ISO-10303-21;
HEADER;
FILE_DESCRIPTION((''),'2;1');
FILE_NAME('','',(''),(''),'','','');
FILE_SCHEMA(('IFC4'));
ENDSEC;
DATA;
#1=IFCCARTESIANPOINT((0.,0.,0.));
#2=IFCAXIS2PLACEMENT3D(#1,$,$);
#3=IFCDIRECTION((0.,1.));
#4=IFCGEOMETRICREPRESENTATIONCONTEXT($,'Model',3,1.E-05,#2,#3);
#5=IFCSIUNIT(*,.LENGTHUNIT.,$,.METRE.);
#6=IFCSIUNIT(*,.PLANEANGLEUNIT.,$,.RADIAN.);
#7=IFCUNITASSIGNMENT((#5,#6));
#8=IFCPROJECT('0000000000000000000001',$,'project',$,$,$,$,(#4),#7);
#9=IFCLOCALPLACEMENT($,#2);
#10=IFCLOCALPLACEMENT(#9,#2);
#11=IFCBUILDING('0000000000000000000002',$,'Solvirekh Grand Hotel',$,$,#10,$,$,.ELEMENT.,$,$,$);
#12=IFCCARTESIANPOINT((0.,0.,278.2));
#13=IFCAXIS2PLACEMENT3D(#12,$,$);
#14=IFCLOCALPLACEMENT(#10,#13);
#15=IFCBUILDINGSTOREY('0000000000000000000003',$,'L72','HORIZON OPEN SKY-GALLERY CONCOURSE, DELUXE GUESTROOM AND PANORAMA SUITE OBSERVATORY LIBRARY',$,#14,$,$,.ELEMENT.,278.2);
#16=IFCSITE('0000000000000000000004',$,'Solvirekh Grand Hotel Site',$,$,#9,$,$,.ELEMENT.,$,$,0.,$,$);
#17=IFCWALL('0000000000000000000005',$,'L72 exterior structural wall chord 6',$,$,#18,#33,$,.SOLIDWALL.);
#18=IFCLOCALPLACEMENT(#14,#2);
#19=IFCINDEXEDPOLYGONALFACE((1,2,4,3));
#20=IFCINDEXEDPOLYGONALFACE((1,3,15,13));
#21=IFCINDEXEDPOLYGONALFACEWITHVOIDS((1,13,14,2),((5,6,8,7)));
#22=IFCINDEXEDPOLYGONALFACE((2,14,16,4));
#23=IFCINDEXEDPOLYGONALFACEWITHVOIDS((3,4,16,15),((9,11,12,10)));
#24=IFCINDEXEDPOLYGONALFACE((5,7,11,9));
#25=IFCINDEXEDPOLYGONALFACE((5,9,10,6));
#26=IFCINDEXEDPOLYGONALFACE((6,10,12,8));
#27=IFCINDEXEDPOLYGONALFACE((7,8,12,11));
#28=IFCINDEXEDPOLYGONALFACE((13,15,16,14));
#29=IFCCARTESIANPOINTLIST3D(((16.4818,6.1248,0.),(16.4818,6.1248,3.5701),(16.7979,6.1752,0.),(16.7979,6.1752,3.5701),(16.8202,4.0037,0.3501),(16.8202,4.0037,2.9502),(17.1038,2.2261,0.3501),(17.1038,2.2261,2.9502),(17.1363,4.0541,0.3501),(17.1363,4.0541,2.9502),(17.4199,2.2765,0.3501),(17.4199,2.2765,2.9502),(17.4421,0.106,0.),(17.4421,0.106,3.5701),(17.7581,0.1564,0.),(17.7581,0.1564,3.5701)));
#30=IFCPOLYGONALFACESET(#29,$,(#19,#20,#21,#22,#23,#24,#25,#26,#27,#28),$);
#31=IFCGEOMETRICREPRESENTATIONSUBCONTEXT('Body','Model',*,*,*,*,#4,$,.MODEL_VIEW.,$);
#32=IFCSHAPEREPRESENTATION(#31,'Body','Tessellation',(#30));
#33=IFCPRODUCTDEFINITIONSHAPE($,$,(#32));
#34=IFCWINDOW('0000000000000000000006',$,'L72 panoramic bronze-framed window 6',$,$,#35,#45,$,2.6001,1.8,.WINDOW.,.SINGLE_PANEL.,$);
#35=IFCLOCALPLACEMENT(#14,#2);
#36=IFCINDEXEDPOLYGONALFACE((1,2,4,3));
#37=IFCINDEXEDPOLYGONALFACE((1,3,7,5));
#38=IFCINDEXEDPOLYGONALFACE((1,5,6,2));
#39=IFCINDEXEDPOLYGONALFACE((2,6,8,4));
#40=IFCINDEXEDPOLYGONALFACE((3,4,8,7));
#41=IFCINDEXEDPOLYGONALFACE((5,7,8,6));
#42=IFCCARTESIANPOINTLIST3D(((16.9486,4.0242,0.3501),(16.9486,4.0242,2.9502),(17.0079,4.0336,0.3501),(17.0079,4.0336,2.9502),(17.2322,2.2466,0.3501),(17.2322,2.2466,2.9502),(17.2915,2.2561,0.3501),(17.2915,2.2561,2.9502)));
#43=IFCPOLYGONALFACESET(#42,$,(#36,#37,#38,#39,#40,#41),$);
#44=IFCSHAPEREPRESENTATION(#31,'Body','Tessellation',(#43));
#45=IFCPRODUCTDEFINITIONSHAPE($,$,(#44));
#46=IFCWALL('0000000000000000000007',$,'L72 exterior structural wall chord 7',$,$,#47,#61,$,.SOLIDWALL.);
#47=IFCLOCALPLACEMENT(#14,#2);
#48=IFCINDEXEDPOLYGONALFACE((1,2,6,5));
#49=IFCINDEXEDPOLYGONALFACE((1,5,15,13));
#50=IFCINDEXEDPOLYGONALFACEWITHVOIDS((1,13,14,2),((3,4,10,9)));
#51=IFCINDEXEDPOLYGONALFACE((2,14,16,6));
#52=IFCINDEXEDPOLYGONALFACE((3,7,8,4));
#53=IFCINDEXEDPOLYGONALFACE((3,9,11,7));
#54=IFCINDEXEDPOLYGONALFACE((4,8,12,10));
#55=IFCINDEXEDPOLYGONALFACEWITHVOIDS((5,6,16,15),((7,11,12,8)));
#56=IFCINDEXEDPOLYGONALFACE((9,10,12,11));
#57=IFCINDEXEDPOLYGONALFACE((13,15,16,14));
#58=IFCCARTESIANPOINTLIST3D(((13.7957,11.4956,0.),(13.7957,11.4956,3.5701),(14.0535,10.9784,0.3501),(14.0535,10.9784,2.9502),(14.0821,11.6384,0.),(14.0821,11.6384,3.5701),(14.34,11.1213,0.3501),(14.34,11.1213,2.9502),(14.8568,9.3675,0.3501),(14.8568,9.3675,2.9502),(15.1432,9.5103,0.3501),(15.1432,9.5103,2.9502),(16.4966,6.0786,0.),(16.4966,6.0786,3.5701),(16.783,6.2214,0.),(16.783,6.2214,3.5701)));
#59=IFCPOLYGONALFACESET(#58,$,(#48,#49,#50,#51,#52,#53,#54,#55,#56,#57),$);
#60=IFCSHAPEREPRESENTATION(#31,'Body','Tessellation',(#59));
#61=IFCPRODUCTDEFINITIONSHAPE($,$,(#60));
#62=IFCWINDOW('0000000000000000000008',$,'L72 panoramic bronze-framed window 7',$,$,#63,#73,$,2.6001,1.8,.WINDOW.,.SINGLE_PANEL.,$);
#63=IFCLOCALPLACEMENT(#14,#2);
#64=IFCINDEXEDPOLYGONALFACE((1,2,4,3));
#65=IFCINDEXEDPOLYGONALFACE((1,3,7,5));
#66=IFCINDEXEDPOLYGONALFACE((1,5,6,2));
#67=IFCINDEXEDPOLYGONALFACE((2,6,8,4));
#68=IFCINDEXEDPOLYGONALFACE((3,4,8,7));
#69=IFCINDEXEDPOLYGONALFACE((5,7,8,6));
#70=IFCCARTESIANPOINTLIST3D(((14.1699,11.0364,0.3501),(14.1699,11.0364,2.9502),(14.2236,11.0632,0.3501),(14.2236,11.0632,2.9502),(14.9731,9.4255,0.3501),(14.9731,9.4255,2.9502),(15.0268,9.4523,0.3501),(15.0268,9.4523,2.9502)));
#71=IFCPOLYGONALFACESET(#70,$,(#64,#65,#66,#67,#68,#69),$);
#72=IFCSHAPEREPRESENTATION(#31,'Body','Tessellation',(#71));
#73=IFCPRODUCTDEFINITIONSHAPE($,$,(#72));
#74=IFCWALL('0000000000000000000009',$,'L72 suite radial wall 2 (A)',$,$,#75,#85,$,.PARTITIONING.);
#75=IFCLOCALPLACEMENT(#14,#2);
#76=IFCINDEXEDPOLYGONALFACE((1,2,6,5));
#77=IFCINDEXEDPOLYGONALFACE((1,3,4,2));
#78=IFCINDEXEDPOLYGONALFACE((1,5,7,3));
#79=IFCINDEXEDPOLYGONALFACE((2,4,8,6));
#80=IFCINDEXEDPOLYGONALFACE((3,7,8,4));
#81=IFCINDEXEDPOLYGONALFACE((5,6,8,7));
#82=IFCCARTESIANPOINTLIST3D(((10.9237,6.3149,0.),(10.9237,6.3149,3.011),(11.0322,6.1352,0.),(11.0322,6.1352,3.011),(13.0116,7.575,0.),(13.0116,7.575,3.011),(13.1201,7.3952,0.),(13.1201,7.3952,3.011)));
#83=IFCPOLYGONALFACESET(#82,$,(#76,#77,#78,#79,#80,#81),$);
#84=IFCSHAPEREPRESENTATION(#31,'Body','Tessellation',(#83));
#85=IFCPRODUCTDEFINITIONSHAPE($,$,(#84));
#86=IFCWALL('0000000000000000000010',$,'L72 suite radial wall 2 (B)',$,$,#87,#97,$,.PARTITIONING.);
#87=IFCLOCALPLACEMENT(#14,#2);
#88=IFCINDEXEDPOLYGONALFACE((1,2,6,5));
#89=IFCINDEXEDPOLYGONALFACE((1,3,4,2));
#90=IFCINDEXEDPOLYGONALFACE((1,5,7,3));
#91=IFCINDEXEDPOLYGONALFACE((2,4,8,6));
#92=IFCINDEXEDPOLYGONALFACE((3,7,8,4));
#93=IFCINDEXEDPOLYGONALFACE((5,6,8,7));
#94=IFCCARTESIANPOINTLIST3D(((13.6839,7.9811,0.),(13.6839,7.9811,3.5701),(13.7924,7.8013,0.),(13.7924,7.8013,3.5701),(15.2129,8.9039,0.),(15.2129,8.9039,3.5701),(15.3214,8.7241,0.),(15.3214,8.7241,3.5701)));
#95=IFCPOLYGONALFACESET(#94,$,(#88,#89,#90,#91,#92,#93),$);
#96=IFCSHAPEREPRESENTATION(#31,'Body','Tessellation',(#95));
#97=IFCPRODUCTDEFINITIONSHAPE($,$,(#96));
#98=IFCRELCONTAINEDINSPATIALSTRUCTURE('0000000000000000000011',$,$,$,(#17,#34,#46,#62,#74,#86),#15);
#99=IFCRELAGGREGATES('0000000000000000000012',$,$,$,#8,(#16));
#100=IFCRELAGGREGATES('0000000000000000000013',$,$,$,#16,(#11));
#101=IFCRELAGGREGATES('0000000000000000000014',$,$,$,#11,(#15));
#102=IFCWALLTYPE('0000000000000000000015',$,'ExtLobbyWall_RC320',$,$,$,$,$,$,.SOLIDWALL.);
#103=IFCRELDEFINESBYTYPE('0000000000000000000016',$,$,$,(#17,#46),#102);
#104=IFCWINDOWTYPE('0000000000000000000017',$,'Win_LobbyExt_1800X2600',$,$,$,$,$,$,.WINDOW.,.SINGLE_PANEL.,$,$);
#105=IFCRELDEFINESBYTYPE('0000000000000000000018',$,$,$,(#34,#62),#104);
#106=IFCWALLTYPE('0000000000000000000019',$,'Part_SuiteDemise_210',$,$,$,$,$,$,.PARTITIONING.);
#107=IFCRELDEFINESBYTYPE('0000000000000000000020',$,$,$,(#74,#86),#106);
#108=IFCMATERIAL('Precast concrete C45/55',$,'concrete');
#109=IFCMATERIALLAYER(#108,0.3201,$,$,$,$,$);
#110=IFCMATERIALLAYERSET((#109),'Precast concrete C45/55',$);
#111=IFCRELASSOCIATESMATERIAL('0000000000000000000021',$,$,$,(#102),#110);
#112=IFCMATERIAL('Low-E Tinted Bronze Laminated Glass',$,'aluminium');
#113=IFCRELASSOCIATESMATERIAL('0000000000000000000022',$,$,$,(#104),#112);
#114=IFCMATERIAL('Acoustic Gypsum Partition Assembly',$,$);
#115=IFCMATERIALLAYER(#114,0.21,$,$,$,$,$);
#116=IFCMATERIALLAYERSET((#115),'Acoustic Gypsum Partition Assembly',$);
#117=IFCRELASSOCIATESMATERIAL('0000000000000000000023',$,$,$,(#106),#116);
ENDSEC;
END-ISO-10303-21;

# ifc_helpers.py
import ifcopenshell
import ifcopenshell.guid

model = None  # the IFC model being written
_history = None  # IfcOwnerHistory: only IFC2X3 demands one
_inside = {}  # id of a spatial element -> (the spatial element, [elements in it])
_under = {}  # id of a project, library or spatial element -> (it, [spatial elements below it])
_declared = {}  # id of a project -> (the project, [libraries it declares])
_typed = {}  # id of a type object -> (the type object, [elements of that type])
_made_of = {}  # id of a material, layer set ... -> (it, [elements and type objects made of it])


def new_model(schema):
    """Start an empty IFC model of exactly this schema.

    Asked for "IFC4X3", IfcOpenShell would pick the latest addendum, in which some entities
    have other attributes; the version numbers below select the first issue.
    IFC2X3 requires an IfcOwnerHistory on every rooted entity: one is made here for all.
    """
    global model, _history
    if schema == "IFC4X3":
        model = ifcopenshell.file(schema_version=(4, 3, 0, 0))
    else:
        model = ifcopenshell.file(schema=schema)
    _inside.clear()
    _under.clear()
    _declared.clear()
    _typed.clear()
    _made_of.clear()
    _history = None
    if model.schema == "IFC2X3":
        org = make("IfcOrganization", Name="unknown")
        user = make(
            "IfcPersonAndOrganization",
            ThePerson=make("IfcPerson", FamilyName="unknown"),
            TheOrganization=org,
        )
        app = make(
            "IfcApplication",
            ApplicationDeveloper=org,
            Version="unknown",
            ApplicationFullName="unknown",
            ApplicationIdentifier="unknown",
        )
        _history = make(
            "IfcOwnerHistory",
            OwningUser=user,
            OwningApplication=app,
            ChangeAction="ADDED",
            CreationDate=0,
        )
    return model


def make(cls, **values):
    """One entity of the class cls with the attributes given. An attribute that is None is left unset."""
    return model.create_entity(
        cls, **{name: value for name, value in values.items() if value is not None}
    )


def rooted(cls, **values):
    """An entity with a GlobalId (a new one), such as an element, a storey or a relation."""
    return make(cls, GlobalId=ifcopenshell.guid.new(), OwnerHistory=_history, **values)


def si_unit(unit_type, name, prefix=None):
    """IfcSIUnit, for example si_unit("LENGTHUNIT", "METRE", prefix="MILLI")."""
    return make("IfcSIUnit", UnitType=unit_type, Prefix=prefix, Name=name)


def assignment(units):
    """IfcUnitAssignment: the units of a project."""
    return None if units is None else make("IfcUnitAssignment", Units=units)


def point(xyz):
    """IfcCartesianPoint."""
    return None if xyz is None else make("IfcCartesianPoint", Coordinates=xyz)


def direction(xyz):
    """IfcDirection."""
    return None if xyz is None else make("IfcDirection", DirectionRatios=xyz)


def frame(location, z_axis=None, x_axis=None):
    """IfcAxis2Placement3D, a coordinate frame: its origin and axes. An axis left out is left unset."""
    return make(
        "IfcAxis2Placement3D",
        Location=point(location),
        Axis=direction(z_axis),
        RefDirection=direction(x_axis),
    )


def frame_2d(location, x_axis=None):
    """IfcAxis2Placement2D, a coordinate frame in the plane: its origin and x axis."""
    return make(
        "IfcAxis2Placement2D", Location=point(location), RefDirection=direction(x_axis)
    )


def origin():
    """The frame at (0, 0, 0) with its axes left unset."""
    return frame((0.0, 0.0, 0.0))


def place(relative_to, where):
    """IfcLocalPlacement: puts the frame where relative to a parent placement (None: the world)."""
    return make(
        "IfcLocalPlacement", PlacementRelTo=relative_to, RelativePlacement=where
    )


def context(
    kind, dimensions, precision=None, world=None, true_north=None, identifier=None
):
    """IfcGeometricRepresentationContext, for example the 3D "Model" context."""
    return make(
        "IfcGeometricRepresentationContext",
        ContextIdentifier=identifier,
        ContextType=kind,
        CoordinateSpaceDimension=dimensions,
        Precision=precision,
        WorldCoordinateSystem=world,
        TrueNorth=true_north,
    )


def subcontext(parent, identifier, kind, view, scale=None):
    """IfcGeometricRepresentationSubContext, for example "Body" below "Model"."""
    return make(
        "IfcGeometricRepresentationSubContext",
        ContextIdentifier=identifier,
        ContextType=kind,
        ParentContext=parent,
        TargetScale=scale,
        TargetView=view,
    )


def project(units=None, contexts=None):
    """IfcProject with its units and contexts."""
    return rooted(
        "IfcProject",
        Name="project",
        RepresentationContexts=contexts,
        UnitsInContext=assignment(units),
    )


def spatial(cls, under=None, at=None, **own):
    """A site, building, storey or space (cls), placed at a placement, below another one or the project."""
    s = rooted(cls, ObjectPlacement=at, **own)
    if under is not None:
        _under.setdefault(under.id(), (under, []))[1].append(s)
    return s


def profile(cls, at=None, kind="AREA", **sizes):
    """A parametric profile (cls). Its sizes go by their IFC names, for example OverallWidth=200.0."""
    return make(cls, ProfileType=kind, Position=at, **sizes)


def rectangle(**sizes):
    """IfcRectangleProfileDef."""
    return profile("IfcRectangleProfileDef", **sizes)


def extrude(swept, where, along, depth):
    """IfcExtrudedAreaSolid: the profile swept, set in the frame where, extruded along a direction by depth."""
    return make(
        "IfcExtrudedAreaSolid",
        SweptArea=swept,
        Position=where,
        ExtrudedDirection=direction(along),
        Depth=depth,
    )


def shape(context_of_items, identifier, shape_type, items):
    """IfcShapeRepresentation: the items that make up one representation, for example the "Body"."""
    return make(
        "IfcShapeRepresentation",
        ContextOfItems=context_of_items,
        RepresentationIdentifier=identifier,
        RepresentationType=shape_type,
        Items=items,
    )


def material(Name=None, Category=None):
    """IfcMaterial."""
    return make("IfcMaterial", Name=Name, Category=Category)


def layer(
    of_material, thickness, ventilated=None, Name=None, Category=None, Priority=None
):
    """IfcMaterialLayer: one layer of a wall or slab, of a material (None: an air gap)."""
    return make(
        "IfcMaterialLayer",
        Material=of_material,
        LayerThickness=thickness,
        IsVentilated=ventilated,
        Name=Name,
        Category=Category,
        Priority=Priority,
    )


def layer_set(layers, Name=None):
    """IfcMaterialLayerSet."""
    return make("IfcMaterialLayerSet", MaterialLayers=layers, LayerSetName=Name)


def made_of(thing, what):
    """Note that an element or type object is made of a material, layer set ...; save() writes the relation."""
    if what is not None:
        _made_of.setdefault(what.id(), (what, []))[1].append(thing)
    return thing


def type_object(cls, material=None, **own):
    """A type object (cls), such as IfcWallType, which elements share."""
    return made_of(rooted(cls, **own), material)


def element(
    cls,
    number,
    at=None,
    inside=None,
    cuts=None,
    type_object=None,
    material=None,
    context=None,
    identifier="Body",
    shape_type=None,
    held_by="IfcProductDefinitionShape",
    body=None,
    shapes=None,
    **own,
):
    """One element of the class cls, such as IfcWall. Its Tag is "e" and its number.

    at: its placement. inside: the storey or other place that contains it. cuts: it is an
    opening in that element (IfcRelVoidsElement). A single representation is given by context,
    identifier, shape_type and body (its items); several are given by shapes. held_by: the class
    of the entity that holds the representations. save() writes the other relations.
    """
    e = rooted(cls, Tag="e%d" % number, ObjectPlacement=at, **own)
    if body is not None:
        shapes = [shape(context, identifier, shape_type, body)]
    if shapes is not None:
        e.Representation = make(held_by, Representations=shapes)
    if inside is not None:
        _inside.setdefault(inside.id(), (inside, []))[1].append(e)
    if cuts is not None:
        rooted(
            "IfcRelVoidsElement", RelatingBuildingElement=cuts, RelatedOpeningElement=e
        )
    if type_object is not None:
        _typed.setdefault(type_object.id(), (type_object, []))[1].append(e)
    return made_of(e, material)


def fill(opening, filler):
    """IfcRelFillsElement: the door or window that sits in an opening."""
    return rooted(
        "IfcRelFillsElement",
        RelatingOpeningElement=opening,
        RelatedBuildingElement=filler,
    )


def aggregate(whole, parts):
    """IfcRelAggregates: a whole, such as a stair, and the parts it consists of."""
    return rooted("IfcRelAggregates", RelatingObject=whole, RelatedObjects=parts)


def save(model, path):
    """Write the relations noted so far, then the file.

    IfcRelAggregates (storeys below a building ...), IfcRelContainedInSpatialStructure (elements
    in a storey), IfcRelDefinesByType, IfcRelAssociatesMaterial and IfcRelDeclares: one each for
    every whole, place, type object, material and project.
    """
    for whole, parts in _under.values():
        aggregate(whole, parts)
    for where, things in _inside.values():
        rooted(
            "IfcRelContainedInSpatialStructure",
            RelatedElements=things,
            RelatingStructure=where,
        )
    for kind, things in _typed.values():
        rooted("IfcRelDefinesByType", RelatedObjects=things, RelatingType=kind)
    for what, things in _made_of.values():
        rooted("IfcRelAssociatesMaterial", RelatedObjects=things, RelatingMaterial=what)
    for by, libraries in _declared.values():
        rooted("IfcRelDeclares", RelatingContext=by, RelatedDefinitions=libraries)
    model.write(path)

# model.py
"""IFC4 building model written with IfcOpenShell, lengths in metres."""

from ifc_helpers import new_model, si_unit, direction, frame, frame_2d, origin, place, context, subcontext, project, spatial, rectangle, extrude, material, layer, layer_set, type_object, element, fill, save


model = new_model("IFC4")

# Units and contexts
model_context = context("Model", 3, precision=1e-05, world=origin(), true_north=direction((0.0, 1.0)))
body_context = subcontext(model_context, "Body", "Model", "MODEL_VIEW")
ifc_project = project(units=[si_unit("LENGTHUNIT", "METRE"), si_unit("PLANEANGLEUNIT", "RADIAN")], contexts=[model_context])

# Site, building, storey
site_placement = place(None, origin())
site = spatial("IfcSite", under=ifc_project, at=site_placement, Name="Solvirekh Grand Hotel Site", CompositionType="ELEMENT", RefElevation=0.0)
building_placement = place(site_placement, origin())
building = spatial("IfcBuilding", under=site, at=building_placement, Name="Solvirekh Grand Hotel", CompositionType="ELEMENT")
storey_placement = place(building_placement, frame((0.0, 0.0, 278.2)))
storey = spatial("IfcBuildingStorey", under=building, at=storey_placement, Name="L72", Description="HORIZON OPEN SKY-GALLERY CONCOURSE, DELUXE GUESTROOM AND PANORAMA SUITE OBSERVATORY LIBRARY", CompositionType="ELEMENT", Elevation=278.2)

# Shared definitions
ifc_material_1 = material(Name="Low-E Tinted Bronze Laminated Glass", Category="aluminium")

# Walls, openings, windows
ifc_material_2 = material(Name="Precast concrete C45/55", Category="concrete")
ifc_layer_1 = layer(ifc_material_2, 0.3201)
ifc_layer_set_1 = layer_set([ifc_layer_1], Name="Precast concrete C45/55")
wall_type_1 = type_object("IfcWallType", Name="ExtLobbyWall_RC320", PredefinedType="SOLIDWALL", material=ifc_layer_set_1)
wall_1_placement = place(storey_placement, frame((16.6399, 6.1499, 0.0), z_axis=(0.0, 0.0, 1.0), x_axis=(0.157542, -0.987512, 0.0)))
wall_1 = element("IfcWall", 1, at=wall_1_placement, inside=storey, type_object=wall_type_1, Name="L72 exterior structural wall chord 6", PredefinedType="SOLIDWALL", context=body_context, shape_type="SweptSolid", body=[
    extrude(rectangle(XDim=6.095, YDim=0.3201, at=frame_2d((3.0474, 0.0))), origin(), (0.0, 0.0, 1.0), 3.5701),
])
opening_1_placement = place(wall_1_placement, frame((2.1479, 0.0, 0.3501)))
opening_1 = element("IfcOpeningElement", 2, at=opening_1_placement, cuts=wall_1, PredefinedType="OPENING", context=body_context, shape_type="SweptSolid", body=[
    extrude(rectangle(XDim=1.8, YDim=2.6001, at=frame_2d((0.8999, 1.3))), frame((0.0, 0.1699, 0.0), z_axis=(0.0, -1.0, 0.0), x_axis=(1.0, 0.0, 0.0)), (0.0, 0.0, 1.0), 0.3401),
])
window_type = type_object("IfcWindowType", Name="Win_LobbyExt_1800X2600", PartitioningType="SINGLE_PANEL", PredefinedType="WINDOW", material=ifc_material_1)
window_1_placement = place(opening_1_placement, origin())
window_1 = element("IfcWindow", 3, at=window_1_placement, inside=storey, type_object=window_type, Name="L72 panoramic bronze-framed window 6", OverallHeight=2.6001, OverallWidth=1.8, PartitioningType="SINGLE_PANEL", PredefinedType="WINDOW", context=body_context, shape_type="SweptSolid", body=[
    extrude(rectangle(XDim=1.8, YDim=2.6001, at=frame_2d((0.8999, 1.3))), frame((0.0, 0.03, 0.0), z_axis=(0.0, -1.0, 0.0), x_axis=(1.0, 0.0, 0.0)), (0.0, 0.0, 1.0), 0.0601),
])
fill(opening_1, window_1)
wall_2_placement = place(storey_placement, frame((13.939, 11.5669, 0.0), z_axis=(0.0, 0.0, 1.0), x_axis=(0.446213, -0.894927, 0.0)))
wall_2 = element("IfcWall", 4, at=wall_2_placement, inside=storey, type_object=wall_type_1, Name="L72 exterior structural wall chord 7", PredefinedType="SOLIDWALL", context=body_context, shape_type="SweptSolid", body=[
    extrude(rectangle(XDim=6.053, YDim=0.3201, at=frame_2d((3.0264, 0.0))), origin(), (0.0, 0.0, 1.0), 3.5701),
])
opening_2_placement = place(wall_2_placement, frame((0.5779, 0.0, 0.3501)))
opening_2 = element("IfcOpeningElement", 5, at=opening_2_placement, cuts=wall_2, PredefinedType="OPENING", context=body_context, shape_type="SweptSolid", body=[
    extrude(rectangle(XDim=1.8, YDim=2.6001, at=frame_2d((0.8999, 1.3))), frame((0.0, 0.1699, 0.0), z_axis=(0.0, -1.0, 0.0), x_axis=(1.0, 0.0, 0.0)), (0.0, 0.0, 1.0), 0.3401),
])
window_2_placement = place(opening_2_placement, origin())
window_2 = element("IfcWindow", 6, at=window_2_placement, inside=storey, type_object=window_type, Name="L72 panoramic bronze-framed window 7", OverallHeight=2.6001, OverallWidth=1.8, PartitioningType="SINGLE_PANEL", PredefinedType="WINDOW", context=body_context, shape_type="SweptSolid", body=[
    extrude(rectangle(XDim=1.8, YDim=2.6001, at=frame_2d((0.8999, 1.3))), frame((0.0, 0.03, 0.0), z_axis=(0.0, -1.0, 0.0), x_axis=(1.0, 0.0, 0.0)), (0.0, 0.0, 1.0), 0.0601),
])
fill(opening_2, window_2)

# Walls
ifc_material_3 = material(Name="Acoustic Gypsum Partition Assembly")
ifc_layer_2 = layer(ifc_material_3, 0.21)
ifc_layer_set_2 = layer_set([ifc_layer_2], Name="Acoustic Gypsum Partition Assembly")
wall_type_2 = type_object("IfcWallType", Name="Part_SuiteDemise_210", PredefinedType="PARTITIONING", material=ifc_layer_set_2)
wall_3_placement = place(storey_placement, frame((10.978, 6.2251, 0.0), z_axis=(0.0, 0.0, 1.0), x_axis=(0.856174, 0.516688, 0.0)))
element("IfcWall", 7, at=wall_3_placement, inside=storey, type_object=wall_type_2, Name="L72 suite radial wall 2 (A)", PredefinedType="PARTITIONING", context=body_context, shape_type="SweptSolid", body=[
    extrude(rectangle(XDim=2.4387, YDim=0.21, at=frame_2d((1.2192, 0.0))), origin(), (0.0, 0.0, 1.0), 3.011),
])
wall_4_placement = place(storey_placement, frame((13.738, 7.8911, 0.0), z_axis=(0.0, 0.0, 1.0), x_axis=(0.856151, 0.516725, 0.0)))
element("IfcWall", 8, at=wall_4_placement, inside=storey, type_object=wall_type_2, Name="L72 suite radial wall 2 (B)", PredefinedType="PARTITIONING", context=body_context, shape_type="SweptSolid", body=[
    extrude(rectangle(XDim=1.7859, YDim=0.21, at=frame_2d((0.8931, 0.0))), origin(), (0.0, 0.0, 1.0), 3.5701),
])

save(model, "model.ifc")
